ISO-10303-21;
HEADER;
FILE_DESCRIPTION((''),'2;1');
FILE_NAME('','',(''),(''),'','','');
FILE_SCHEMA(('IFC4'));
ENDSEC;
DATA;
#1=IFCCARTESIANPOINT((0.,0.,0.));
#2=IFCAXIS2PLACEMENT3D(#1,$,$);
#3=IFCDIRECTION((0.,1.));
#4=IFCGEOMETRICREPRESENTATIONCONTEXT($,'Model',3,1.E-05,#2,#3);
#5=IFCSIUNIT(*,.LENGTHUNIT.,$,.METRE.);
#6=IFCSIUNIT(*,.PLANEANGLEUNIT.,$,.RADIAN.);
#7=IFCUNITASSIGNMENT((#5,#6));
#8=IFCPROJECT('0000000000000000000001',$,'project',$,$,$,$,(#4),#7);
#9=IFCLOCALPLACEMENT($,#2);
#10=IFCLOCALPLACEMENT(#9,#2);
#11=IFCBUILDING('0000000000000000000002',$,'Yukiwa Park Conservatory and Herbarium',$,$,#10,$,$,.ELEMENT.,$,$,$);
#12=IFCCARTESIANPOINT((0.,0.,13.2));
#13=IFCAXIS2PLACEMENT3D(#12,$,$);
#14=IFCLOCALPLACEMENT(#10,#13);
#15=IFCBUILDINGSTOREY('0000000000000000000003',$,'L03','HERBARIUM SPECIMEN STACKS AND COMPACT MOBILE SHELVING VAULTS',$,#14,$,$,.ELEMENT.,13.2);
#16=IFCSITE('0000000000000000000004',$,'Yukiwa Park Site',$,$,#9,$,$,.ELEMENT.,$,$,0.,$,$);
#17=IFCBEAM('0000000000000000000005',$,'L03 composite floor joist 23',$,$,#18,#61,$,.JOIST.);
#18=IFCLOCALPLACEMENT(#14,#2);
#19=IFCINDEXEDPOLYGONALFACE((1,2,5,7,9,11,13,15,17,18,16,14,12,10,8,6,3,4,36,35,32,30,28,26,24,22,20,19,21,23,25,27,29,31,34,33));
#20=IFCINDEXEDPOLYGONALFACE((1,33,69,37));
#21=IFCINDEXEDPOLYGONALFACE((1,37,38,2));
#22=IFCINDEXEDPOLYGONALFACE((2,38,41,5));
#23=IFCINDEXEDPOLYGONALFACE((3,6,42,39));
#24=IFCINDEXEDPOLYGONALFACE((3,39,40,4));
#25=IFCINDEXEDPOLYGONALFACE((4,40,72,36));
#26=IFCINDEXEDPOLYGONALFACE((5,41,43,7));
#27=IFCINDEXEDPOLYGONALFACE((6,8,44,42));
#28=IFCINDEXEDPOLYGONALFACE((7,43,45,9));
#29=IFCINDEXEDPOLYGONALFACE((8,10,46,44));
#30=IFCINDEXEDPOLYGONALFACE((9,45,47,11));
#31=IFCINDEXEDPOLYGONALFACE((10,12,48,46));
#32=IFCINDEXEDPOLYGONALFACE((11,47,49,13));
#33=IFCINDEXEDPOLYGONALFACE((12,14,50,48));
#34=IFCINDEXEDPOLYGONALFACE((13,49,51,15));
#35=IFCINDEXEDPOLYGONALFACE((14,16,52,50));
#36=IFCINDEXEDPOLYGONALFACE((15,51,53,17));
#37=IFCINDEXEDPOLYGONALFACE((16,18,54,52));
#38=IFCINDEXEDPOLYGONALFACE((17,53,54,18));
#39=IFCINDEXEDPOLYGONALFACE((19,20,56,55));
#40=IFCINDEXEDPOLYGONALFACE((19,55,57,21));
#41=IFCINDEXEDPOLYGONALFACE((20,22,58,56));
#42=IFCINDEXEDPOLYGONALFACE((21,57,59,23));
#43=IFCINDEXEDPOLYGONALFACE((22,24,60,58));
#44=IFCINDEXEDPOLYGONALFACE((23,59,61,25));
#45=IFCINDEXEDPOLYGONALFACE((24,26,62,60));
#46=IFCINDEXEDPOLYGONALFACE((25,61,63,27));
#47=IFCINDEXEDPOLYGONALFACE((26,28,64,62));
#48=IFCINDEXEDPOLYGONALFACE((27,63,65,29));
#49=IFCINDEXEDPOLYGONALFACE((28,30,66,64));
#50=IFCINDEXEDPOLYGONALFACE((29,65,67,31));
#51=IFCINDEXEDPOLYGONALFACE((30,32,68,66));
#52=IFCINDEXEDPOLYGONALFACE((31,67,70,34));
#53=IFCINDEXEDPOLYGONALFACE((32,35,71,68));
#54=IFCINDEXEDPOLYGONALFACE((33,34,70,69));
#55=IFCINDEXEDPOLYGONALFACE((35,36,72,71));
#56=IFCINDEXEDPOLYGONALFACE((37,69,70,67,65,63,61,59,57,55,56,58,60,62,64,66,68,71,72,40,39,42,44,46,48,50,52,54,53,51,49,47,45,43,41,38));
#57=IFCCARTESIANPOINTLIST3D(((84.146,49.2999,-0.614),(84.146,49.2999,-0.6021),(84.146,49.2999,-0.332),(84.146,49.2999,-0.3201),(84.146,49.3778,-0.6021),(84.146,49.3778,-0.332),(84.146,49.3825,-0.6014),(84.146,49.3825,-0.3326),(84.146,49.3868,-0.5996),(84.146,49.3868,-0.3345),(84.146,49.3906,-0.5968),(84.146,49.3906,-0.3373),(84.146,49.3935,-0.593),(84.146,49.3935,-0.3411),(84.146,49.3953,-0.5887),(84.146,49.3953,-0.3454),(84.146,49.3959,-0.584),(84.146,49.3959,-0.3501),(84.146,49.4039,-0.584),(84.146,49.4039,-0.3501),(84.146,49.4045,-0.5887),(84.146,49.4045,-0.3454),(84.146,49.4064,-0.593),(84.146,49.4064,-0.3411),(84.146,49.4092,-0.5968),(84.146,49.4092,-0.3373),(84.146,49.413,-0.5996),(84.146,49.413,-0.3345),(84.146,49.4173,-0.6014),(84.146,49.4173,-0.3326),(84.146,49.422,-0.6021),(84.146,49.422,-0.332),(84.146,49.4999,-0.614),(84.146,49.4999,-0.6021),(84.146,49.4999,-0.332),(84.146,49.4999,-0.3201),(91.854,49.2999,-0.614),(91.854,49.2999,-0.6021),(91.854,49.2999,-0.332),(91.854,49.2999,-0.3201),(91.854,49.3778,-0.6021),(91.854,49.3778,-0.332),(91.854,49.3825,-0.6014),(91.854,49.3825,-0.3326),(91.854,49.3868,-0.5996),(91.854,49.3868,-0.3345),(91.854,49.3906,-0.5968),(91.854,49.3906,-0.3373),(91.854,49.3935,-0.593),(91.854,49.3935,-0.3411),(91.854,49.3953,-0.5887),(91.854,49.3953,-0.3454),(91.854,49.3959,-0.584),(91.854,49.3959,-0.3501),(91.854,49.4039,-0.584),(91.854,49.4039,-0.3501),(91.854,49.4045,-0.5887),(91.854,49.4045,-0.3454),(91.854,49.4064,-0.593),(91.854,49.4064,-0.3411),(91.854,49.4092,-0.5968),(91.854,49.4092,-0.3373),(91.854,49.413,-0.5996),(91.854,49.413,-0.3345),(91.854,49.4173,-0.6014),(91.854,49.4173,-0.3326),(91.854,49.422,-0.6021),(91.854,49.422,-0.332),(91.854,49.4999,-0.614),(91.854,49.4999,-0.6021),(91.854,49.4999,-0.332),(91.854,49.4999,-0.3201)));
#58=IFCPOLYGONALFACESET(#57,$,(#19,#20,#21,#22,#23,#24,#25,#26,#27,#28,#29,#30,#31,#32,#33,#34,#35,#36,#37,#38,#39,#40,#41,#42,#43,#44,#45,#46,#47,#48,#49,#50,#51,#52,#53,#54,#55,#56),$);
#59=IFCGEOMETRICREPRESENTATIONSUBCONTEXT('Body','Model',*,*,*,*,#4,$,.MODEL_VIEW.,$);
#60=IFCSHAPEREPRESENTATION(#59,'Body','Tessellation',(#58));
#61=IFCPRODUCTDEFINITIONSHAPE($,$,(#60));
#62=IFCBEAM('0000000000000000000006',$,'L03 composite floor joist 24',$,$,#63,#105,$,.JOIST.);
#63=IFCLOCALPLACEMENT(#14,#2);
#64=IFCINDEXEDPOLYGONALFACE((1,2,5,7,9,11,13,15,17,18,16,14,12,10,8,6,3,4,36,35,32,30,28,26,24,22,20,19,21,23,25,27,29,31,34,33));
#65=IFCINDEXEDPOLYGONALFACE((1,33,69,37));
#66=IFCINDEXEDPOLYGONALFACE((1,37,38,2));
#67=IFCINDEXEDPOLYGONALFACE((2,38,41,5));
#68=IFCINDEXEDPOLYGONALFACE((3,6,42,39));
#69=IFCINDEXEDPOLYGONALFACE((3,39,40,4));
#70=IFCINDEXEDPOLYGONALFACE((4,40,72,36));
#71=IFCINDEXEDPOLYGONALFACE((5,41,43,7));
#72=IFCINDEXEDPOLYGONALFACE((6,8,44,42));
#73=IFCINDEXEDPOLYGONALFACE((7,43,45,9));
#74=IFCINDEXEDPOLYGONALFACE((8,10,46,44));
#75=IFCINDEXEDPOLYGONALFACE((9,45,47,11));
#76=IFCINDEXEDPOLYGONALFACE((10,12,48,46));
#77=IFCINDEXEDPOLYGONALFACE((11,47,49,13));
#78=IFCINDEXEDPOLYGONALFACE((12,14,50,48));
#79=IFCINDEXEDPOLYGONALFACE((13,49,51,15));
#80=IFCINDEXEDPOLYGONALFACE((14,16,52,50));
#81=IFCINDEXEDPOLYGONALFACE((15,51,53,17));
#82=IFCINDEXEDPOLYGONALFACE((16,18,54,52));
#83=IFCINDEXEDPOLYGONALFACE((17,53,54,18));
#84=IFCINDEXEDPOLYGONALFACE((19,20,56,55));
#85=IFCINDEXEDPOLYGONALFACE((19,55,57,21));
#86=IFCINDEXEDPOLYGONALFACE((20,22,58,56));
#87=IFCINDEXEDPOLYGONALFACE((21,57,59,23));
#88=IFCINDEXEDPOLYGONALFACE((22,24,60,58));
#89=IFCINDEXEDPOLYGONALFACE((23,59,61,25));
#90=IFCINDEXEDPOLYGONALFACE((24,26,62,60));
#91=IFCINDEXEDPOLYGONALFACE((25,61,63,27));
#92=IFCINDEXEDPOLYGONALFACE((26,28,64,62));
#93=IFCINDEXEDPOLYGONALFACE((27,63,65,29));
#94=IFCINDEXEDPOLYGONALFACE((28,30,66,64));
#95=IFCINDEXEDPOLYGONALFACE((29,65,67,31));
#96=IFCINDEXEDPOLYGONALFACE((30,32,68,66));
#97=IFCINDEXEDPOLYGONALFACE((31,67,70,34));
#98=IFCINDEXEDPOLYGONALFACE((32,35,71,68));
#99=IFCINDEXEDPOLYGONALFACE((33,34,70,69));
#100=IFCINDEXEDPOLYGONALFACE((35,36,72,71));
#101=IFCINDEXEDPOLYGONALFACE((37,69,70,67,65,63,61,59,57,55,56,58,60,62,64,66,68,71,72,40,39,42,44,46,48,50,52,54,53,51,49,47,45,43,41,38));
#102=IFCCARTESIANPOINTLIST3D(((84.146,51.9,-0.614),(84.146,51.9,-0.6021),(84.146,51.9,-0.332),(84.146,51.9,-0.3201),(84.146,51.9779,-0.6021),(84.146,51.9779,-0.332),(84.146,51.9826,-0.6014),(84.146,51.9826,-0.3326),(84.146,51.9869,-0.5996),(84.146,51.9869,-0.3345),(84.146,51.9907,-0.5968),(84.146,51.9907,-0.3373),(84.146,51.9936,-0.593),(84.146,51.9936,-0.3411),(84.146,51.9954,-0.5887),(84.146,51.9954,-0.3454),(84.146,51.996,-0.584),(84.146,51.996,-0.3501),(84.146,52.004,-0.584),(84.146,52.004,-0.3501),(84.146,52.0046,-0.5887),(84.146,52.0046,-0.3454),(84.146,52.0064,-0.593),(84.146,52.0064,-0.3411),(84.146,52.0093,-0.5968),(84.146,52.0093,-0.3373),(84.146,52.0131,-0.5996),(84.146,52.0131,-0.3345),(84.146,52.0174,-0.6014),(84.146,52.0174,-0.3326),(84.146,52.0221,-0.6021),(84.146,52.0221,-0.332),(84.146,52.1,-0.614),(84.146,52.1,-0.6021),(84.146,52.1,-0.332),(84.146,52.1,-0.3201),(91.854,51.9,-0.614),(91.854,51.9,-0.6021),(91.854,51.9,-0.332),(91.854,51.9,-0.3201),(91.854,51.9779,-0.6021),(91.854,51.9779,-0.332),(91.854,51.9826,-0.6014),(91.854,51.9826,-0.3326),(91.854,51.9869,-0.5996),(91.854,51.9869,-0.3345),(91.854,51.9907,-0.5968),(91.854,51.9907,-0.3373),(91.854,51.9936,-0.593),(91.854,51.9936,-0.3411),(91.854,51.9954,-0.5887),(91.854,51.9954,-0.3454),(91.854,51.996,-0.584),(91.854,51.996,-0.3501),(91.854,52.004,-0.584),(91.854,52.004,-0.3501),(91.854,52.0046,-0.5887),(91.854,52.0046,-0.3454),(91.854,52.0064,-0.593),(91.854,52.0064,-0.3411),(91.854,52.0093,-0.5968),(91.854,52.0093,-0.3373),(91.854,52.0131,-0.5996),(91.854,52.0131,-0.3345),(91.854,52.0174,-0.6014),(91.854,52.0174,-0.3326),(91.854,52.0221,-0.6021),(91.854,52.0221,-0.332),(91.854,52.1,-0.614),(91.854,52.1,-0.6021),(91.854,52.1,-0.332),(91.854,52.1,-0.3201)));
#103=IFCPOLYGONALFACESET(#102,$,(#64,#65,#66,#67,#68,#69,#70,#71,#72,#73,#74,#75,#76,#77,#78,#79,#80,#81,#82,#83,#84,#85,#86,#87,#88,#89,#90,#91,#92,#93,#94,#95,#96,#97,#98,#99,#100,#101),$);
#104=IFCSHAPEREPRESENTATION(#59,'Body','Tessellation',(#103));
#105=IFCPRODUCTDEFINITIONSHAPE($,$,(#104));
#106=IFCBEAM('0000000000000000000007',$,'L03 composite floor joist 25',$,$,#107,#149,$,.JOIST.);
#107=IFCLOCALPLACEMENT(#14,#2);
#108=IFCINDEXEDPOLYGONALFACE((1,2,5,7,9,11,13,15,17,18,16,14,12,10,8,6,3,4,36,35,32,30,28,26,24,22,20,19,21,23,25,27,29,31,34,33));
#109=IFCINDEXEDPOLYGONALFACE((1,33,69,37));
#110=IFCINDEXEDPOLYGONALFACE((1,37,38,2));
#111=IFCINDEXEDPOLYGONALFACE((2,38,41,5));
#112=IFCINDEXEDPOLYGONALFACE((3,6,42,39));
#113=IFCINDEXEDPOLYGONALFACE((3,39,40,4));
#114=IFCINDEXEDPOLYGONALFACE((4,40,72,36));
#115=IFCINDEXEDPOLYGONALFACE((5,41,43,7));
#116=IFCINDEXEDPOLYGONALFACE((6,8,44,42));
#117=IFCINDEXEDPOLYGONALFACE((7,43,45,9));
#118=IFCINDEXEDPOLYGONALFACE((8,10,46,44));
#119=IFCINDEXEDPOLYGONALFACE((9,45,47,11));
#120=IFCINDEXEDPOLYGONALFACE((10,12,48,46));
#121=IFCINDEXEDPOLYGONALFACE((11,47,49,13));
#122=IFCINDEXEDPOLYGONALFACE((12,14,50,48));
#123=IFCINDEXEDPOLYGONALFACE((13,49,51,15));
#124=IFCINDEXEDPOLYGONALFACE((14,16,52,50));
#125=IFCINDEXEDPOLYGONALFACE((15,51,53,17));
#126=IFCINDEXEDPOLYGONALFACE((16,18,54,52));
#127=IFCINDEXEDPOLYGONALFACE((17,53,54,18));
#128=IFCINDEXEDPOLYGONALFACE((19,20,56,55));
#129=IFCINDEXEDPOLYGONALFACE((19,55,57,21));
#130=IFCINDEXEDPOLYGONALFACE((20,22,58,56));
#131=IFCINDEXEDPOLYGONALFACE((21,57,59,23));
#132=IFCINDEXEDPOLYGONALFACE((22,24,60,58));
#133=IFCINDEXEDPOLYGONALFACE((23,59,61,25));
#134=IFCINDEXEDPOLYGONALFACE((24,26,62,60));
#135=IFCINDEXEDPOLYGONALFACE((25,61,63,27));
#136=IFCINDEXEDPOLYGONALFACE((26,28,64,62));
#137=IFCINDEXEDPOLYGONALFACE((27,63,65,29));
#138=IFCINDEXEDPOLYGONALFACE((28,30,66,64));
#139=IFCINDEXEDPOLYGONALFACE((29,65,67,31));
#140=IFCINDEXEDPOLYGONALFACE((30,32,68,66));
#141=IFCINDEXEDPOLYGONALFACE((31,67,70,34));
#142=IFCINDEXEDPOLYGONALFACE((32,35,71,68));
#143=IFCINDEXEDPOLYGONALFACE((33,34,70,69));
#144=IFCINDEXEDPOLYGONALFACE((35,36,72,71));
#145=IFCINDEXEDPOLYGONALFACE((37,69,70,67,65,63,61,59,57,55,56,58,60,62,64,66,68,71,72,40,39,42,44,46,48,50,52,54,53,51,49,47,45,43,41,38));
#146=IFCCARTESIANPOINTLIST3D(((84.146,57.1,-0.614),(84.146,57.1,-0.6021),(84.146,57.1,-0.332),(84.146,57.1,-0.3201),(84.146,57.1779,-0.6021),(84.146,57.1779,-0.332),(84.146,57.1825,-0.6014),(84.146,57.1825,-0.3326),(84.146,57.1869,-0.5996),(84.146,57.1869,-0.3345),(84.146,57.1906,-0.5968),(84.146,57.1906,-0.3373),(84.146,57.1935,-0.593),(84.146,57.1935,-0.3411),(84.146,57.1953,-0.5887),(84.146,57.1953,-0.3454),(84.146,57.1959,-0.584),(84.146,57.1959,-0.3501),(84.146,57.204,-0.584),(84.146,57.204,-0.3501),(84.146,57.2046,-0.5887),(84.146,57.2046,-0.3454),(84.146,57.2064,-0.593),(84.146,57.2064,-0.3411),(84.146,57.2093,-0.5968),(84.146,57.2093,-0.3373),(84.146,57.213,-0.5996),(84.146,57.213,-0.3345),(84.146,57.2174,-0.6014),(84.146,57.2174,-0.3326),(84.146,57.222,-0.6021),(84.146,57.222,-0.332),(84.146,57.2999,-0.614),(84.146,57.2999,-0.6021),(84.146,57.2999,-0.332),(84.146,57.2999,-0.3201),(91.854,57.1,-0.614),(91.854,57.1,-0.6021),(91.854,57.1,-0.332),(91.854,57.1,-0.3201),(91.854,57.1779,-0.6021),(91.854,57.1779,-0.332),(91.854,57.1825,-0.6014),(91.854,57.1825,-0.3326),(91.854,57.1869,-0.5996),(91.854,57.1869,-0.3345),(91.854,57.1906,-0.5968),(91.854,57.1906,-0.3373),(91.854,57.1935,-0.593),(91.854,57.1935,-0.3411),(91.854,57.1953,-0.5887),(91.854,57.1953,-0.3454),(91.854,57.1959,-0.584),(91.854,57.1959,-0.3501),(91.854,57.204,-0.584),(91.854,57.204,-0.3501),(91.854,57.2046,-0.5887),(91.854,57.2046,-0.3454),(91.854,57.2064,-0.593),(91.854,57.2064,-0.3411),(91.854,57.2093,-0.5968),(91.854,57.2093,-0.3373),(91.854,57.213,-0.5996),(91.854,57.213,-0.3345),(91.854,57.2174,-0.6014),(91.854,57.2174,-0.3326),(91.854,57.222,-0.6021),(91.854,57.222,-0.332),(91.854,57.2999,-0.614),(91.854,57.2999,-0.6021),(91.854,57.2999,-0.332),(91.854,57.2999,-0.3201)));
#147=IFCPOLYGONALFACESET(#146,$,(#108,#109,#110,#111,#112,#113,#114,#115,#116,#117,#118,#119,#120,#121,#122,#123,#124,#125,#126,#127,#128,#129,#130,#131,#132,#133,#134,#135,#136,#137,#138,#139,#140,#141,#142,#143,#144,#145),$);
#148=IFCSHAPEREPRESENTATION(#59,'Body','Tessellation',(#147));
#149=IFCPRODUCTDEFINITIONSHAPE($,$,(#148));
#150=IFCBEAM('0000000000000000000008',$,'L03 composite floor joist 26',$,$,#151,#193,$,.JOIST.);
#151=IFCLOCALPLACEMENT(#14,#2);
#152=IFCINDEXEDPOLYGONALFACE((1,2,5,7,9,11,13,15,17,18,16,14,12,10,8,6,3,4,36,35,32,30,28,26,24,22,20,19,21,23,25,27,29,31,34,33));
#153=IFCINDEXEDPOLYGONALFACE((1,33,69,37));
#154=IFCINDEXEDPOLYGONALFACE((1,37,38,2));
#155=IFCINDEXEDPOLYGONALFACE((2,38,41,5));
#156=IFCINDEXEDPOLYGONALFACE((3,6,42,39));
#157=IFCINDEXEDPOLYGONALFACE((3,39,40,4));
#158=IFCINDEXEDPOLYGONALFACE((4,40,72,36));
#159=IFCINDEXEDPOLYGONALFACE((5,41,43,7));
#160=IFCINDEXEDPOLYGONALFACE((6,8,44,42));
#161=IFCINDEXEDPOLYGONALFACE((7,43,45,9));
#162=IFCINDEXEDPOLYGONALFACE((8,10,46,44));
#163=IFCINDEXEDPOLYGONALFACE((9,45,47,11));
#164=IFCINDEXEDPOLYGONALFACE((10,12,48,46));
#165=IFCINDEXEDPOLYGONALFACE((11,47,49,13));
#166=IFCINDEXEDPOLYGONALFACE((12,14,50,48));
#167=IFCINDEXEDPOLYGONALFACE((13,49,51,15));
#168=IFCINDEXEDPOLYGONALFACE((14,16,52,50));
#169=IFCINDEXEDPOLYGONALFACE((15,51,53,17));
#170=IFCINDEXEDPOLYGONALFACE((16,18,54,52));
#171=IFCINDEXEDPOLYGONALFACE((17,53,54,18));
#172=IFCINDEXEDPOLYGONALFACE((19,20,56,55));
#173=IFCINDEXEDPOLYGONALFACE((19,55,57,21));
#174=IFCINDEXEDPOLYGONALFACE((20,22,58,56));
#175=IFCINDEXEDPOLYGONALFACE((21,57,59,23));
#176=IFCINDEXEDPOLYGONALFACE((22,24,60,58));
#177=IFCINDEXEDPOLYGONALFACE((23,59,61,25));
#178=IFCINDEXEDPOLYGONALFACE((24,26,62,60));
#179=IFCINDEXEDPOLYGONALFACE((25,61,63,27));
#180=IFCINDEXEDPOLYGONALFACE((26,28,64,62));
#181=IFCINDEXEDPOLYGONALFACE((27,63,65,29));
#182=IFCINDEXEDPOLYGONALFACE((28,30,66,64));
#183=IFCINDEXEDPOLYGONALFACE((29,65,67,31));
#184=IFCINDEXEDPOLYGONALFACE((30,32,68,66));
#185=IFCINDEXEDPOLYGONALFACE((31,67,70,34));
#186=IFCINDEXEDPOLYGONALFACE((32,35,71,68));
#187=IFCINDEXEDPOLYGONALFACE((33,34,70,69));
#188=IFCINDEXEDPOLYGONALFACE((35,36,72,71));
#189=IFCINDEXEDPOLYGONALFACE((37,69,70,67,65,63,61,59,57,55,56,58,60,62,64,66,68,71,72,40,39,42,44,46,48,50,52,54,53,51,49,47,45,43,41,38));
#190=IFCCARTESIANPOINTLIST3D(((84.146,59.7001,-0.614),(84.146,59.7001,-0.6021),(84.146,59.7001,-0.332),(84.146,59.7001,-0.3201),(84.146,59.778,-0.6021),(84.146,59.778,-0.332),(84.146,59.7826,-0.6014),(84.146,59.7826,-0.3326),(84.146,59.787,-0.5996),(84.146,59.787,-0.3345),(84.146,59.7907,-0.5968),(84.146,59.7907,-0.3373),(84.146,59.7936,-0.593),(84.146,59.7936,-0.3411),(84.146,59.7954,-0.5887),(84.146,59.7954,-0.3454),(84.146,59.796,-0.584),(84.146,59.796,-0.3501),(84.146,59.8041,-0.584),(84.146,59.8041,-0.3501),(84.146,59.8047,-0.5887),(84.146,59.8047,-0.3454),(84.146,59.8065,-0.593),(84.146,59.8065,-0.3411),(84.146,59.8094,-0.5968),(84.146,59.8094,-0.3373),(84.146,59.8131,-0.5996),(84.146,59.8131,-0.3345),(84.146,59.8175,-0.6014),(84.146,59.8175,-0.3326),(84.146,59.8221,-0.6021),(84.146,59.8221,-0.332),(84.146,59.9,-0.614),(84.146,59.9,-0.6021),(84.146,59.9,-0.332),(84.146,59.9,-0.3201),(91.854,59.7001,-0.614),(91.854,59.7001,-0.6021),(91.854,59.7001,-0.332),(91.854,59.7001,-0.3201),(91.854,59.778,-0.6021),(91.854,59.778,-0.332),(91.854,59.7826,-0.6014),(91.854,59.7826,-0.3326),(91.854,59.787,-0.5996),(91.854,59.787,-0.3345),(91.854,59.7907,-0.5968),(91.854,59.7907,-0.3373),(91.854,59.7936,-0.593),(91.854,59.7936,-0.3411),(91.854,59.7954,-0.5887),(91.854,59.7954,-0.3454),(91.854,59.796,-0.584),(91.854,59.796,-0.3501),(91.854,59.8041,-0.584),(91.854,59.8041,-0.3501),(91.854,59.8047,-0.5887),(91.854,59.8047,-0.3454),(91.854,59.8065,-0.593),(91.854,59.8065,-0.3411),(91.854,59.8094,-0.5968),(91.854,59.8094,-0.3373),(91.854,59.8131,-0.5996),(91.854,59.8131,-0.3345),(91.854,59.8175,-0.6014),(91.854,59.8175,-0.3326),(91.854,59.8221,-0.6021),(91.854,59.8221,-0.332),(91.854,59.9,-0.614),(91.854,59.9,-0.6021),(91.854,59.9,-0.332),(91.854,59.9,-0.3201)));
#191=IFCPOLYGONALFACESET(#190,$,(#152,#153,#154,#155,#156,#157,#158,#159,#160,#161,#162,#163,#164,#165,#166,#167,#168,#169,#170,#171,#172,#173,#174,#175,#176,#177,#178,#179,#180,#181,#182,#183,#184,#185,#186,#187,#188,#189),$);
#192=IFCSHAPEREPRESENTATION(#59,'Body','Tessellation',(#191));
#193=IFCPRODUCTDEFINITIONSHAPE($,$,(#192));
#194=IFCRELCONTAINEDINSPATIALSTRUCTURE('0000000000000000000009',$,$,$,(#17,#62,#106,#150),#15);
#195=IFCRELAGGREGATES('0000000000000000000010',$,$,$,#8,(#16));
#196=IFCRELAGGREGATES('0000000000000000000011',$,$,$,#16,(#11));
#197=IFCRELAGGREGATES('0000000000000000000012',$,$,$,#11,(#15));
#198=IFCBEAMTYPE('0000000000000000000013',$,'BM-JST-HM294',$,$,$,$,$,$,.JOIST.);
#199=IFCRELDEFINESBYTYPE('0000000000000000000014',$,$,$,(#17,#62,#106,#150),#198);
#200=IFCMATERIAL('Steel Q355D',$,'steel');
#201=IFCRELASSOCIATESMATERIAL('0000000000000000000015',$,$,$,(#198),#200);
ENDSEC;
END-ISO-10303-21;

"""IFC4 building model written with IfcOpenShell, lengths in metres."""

from ifc_helpers import new_model, si_unit, direction, frame, origin, origin_2d, place, context, subcontext, project, spatial, i_section, extrude, material, material_profile, profile_set, type_object, element, save


model = new_model("IFC4")

# Units and contexts
model_context = context("Model", 3, precision=1e-05, world=origin(), true_north=direction((0.0, 1.0)))
body_context = subcontext(model_context, "Body", "Model", "MODEL_VIEW")
ifc_project = project(units=[si_unit("LENGTHUNIT", "METRE"), si_unit("PLANEANGLEUNIT", "RADIAN")], contexts=[model_context])

# Site, building, storey
site_placement = place(None, origin())
site = spatial("IfcSite", under=ifc_project, at=site_placement, Name="Yukiwa Park Site", CompositionType="ELEMENT", RefElevation=0.0)
building_placement = place(site_placement, origin())
building = spatial("IfcBuilding", under=site, at=building_placement, Name="Yukiwa Park Conservatory and Herbarium", CompositionType="ELEMENT")
storey_placement = place(building_placement, frame((0.0, 0.0, 13.2)))
storey = spatial("IfcBuildingStorey", under=building, at=storey_placement, Name="L03", Description="HERBARIUM SPECIMEN STACKS AND COMPACT MOBILE SHELVING VAULTS", CompositionType="ELEMENT", Elevation=13.2)

# Beams
ifc_material_1 = material(Name="Steel Q355D", Category="steel")
ifc_material_profile_1 = material_profile(ifc_material_1, i_section(OverallWidth=0.2, OverallDepth=0.2939, WebThickness=0.0081, FlangeThickness=0.012, FilletRadius=0.0181, at=origin_2d()), Name="HM 294x200x8x12")
ifc_profile_set_1 = profile_set([ifc_material_profile_1], Name="Steel Q355D")
beam_type_1 = type_object("IfcBeamType", Name="BM-JST-HM294", PredefinedType="JOIST", material=ifc_profile_set_1)
for number, where, z_axis, x_axis, name in (
    (1, (84.146, 49.3999, -0.467), (1.0, 0.0, 0.0), (0.0, 1.0, 0.0), "L03 composite floor joist 23"),
    (2, (84.146, 52.0, -0.467), (1.0, 0.0, 0.0), (0.0, 1.0, 0.0), "L03 composite floor joist 24"),
    (3, (84.146, 57.2, -0.467), (1.0, 0.0, 0.0), (0.0, 1.0, 0.0), "L03 composite floor joist 25"),
    (4, (84.146, 59.8, -0.467), (1.0, 0.0, 0.0), (0.0, 1.0, 0.0), "L03 composite floor joist 26"),
):
    element("IfcBeam", number, at=place(storey_placement, frame(where, z_axis=z_axis, x_axis=x_axis)), inside=storey, type_object=beam_type_1, Name=name, PredefinedType="JOIST", context=body_context, shape_type="SweptSolid", body=[
        extrude(i_section(OverallWidth=0.2, OverallDepth=0.2939, WebThickness=0.0081, FlangeThickness=0.012, FilletRadius=0.0181, at=origin_2d()), origin(), (0.0, 0.0, 1.0), 7.708),
    ])

save(model, "model.ifc")
